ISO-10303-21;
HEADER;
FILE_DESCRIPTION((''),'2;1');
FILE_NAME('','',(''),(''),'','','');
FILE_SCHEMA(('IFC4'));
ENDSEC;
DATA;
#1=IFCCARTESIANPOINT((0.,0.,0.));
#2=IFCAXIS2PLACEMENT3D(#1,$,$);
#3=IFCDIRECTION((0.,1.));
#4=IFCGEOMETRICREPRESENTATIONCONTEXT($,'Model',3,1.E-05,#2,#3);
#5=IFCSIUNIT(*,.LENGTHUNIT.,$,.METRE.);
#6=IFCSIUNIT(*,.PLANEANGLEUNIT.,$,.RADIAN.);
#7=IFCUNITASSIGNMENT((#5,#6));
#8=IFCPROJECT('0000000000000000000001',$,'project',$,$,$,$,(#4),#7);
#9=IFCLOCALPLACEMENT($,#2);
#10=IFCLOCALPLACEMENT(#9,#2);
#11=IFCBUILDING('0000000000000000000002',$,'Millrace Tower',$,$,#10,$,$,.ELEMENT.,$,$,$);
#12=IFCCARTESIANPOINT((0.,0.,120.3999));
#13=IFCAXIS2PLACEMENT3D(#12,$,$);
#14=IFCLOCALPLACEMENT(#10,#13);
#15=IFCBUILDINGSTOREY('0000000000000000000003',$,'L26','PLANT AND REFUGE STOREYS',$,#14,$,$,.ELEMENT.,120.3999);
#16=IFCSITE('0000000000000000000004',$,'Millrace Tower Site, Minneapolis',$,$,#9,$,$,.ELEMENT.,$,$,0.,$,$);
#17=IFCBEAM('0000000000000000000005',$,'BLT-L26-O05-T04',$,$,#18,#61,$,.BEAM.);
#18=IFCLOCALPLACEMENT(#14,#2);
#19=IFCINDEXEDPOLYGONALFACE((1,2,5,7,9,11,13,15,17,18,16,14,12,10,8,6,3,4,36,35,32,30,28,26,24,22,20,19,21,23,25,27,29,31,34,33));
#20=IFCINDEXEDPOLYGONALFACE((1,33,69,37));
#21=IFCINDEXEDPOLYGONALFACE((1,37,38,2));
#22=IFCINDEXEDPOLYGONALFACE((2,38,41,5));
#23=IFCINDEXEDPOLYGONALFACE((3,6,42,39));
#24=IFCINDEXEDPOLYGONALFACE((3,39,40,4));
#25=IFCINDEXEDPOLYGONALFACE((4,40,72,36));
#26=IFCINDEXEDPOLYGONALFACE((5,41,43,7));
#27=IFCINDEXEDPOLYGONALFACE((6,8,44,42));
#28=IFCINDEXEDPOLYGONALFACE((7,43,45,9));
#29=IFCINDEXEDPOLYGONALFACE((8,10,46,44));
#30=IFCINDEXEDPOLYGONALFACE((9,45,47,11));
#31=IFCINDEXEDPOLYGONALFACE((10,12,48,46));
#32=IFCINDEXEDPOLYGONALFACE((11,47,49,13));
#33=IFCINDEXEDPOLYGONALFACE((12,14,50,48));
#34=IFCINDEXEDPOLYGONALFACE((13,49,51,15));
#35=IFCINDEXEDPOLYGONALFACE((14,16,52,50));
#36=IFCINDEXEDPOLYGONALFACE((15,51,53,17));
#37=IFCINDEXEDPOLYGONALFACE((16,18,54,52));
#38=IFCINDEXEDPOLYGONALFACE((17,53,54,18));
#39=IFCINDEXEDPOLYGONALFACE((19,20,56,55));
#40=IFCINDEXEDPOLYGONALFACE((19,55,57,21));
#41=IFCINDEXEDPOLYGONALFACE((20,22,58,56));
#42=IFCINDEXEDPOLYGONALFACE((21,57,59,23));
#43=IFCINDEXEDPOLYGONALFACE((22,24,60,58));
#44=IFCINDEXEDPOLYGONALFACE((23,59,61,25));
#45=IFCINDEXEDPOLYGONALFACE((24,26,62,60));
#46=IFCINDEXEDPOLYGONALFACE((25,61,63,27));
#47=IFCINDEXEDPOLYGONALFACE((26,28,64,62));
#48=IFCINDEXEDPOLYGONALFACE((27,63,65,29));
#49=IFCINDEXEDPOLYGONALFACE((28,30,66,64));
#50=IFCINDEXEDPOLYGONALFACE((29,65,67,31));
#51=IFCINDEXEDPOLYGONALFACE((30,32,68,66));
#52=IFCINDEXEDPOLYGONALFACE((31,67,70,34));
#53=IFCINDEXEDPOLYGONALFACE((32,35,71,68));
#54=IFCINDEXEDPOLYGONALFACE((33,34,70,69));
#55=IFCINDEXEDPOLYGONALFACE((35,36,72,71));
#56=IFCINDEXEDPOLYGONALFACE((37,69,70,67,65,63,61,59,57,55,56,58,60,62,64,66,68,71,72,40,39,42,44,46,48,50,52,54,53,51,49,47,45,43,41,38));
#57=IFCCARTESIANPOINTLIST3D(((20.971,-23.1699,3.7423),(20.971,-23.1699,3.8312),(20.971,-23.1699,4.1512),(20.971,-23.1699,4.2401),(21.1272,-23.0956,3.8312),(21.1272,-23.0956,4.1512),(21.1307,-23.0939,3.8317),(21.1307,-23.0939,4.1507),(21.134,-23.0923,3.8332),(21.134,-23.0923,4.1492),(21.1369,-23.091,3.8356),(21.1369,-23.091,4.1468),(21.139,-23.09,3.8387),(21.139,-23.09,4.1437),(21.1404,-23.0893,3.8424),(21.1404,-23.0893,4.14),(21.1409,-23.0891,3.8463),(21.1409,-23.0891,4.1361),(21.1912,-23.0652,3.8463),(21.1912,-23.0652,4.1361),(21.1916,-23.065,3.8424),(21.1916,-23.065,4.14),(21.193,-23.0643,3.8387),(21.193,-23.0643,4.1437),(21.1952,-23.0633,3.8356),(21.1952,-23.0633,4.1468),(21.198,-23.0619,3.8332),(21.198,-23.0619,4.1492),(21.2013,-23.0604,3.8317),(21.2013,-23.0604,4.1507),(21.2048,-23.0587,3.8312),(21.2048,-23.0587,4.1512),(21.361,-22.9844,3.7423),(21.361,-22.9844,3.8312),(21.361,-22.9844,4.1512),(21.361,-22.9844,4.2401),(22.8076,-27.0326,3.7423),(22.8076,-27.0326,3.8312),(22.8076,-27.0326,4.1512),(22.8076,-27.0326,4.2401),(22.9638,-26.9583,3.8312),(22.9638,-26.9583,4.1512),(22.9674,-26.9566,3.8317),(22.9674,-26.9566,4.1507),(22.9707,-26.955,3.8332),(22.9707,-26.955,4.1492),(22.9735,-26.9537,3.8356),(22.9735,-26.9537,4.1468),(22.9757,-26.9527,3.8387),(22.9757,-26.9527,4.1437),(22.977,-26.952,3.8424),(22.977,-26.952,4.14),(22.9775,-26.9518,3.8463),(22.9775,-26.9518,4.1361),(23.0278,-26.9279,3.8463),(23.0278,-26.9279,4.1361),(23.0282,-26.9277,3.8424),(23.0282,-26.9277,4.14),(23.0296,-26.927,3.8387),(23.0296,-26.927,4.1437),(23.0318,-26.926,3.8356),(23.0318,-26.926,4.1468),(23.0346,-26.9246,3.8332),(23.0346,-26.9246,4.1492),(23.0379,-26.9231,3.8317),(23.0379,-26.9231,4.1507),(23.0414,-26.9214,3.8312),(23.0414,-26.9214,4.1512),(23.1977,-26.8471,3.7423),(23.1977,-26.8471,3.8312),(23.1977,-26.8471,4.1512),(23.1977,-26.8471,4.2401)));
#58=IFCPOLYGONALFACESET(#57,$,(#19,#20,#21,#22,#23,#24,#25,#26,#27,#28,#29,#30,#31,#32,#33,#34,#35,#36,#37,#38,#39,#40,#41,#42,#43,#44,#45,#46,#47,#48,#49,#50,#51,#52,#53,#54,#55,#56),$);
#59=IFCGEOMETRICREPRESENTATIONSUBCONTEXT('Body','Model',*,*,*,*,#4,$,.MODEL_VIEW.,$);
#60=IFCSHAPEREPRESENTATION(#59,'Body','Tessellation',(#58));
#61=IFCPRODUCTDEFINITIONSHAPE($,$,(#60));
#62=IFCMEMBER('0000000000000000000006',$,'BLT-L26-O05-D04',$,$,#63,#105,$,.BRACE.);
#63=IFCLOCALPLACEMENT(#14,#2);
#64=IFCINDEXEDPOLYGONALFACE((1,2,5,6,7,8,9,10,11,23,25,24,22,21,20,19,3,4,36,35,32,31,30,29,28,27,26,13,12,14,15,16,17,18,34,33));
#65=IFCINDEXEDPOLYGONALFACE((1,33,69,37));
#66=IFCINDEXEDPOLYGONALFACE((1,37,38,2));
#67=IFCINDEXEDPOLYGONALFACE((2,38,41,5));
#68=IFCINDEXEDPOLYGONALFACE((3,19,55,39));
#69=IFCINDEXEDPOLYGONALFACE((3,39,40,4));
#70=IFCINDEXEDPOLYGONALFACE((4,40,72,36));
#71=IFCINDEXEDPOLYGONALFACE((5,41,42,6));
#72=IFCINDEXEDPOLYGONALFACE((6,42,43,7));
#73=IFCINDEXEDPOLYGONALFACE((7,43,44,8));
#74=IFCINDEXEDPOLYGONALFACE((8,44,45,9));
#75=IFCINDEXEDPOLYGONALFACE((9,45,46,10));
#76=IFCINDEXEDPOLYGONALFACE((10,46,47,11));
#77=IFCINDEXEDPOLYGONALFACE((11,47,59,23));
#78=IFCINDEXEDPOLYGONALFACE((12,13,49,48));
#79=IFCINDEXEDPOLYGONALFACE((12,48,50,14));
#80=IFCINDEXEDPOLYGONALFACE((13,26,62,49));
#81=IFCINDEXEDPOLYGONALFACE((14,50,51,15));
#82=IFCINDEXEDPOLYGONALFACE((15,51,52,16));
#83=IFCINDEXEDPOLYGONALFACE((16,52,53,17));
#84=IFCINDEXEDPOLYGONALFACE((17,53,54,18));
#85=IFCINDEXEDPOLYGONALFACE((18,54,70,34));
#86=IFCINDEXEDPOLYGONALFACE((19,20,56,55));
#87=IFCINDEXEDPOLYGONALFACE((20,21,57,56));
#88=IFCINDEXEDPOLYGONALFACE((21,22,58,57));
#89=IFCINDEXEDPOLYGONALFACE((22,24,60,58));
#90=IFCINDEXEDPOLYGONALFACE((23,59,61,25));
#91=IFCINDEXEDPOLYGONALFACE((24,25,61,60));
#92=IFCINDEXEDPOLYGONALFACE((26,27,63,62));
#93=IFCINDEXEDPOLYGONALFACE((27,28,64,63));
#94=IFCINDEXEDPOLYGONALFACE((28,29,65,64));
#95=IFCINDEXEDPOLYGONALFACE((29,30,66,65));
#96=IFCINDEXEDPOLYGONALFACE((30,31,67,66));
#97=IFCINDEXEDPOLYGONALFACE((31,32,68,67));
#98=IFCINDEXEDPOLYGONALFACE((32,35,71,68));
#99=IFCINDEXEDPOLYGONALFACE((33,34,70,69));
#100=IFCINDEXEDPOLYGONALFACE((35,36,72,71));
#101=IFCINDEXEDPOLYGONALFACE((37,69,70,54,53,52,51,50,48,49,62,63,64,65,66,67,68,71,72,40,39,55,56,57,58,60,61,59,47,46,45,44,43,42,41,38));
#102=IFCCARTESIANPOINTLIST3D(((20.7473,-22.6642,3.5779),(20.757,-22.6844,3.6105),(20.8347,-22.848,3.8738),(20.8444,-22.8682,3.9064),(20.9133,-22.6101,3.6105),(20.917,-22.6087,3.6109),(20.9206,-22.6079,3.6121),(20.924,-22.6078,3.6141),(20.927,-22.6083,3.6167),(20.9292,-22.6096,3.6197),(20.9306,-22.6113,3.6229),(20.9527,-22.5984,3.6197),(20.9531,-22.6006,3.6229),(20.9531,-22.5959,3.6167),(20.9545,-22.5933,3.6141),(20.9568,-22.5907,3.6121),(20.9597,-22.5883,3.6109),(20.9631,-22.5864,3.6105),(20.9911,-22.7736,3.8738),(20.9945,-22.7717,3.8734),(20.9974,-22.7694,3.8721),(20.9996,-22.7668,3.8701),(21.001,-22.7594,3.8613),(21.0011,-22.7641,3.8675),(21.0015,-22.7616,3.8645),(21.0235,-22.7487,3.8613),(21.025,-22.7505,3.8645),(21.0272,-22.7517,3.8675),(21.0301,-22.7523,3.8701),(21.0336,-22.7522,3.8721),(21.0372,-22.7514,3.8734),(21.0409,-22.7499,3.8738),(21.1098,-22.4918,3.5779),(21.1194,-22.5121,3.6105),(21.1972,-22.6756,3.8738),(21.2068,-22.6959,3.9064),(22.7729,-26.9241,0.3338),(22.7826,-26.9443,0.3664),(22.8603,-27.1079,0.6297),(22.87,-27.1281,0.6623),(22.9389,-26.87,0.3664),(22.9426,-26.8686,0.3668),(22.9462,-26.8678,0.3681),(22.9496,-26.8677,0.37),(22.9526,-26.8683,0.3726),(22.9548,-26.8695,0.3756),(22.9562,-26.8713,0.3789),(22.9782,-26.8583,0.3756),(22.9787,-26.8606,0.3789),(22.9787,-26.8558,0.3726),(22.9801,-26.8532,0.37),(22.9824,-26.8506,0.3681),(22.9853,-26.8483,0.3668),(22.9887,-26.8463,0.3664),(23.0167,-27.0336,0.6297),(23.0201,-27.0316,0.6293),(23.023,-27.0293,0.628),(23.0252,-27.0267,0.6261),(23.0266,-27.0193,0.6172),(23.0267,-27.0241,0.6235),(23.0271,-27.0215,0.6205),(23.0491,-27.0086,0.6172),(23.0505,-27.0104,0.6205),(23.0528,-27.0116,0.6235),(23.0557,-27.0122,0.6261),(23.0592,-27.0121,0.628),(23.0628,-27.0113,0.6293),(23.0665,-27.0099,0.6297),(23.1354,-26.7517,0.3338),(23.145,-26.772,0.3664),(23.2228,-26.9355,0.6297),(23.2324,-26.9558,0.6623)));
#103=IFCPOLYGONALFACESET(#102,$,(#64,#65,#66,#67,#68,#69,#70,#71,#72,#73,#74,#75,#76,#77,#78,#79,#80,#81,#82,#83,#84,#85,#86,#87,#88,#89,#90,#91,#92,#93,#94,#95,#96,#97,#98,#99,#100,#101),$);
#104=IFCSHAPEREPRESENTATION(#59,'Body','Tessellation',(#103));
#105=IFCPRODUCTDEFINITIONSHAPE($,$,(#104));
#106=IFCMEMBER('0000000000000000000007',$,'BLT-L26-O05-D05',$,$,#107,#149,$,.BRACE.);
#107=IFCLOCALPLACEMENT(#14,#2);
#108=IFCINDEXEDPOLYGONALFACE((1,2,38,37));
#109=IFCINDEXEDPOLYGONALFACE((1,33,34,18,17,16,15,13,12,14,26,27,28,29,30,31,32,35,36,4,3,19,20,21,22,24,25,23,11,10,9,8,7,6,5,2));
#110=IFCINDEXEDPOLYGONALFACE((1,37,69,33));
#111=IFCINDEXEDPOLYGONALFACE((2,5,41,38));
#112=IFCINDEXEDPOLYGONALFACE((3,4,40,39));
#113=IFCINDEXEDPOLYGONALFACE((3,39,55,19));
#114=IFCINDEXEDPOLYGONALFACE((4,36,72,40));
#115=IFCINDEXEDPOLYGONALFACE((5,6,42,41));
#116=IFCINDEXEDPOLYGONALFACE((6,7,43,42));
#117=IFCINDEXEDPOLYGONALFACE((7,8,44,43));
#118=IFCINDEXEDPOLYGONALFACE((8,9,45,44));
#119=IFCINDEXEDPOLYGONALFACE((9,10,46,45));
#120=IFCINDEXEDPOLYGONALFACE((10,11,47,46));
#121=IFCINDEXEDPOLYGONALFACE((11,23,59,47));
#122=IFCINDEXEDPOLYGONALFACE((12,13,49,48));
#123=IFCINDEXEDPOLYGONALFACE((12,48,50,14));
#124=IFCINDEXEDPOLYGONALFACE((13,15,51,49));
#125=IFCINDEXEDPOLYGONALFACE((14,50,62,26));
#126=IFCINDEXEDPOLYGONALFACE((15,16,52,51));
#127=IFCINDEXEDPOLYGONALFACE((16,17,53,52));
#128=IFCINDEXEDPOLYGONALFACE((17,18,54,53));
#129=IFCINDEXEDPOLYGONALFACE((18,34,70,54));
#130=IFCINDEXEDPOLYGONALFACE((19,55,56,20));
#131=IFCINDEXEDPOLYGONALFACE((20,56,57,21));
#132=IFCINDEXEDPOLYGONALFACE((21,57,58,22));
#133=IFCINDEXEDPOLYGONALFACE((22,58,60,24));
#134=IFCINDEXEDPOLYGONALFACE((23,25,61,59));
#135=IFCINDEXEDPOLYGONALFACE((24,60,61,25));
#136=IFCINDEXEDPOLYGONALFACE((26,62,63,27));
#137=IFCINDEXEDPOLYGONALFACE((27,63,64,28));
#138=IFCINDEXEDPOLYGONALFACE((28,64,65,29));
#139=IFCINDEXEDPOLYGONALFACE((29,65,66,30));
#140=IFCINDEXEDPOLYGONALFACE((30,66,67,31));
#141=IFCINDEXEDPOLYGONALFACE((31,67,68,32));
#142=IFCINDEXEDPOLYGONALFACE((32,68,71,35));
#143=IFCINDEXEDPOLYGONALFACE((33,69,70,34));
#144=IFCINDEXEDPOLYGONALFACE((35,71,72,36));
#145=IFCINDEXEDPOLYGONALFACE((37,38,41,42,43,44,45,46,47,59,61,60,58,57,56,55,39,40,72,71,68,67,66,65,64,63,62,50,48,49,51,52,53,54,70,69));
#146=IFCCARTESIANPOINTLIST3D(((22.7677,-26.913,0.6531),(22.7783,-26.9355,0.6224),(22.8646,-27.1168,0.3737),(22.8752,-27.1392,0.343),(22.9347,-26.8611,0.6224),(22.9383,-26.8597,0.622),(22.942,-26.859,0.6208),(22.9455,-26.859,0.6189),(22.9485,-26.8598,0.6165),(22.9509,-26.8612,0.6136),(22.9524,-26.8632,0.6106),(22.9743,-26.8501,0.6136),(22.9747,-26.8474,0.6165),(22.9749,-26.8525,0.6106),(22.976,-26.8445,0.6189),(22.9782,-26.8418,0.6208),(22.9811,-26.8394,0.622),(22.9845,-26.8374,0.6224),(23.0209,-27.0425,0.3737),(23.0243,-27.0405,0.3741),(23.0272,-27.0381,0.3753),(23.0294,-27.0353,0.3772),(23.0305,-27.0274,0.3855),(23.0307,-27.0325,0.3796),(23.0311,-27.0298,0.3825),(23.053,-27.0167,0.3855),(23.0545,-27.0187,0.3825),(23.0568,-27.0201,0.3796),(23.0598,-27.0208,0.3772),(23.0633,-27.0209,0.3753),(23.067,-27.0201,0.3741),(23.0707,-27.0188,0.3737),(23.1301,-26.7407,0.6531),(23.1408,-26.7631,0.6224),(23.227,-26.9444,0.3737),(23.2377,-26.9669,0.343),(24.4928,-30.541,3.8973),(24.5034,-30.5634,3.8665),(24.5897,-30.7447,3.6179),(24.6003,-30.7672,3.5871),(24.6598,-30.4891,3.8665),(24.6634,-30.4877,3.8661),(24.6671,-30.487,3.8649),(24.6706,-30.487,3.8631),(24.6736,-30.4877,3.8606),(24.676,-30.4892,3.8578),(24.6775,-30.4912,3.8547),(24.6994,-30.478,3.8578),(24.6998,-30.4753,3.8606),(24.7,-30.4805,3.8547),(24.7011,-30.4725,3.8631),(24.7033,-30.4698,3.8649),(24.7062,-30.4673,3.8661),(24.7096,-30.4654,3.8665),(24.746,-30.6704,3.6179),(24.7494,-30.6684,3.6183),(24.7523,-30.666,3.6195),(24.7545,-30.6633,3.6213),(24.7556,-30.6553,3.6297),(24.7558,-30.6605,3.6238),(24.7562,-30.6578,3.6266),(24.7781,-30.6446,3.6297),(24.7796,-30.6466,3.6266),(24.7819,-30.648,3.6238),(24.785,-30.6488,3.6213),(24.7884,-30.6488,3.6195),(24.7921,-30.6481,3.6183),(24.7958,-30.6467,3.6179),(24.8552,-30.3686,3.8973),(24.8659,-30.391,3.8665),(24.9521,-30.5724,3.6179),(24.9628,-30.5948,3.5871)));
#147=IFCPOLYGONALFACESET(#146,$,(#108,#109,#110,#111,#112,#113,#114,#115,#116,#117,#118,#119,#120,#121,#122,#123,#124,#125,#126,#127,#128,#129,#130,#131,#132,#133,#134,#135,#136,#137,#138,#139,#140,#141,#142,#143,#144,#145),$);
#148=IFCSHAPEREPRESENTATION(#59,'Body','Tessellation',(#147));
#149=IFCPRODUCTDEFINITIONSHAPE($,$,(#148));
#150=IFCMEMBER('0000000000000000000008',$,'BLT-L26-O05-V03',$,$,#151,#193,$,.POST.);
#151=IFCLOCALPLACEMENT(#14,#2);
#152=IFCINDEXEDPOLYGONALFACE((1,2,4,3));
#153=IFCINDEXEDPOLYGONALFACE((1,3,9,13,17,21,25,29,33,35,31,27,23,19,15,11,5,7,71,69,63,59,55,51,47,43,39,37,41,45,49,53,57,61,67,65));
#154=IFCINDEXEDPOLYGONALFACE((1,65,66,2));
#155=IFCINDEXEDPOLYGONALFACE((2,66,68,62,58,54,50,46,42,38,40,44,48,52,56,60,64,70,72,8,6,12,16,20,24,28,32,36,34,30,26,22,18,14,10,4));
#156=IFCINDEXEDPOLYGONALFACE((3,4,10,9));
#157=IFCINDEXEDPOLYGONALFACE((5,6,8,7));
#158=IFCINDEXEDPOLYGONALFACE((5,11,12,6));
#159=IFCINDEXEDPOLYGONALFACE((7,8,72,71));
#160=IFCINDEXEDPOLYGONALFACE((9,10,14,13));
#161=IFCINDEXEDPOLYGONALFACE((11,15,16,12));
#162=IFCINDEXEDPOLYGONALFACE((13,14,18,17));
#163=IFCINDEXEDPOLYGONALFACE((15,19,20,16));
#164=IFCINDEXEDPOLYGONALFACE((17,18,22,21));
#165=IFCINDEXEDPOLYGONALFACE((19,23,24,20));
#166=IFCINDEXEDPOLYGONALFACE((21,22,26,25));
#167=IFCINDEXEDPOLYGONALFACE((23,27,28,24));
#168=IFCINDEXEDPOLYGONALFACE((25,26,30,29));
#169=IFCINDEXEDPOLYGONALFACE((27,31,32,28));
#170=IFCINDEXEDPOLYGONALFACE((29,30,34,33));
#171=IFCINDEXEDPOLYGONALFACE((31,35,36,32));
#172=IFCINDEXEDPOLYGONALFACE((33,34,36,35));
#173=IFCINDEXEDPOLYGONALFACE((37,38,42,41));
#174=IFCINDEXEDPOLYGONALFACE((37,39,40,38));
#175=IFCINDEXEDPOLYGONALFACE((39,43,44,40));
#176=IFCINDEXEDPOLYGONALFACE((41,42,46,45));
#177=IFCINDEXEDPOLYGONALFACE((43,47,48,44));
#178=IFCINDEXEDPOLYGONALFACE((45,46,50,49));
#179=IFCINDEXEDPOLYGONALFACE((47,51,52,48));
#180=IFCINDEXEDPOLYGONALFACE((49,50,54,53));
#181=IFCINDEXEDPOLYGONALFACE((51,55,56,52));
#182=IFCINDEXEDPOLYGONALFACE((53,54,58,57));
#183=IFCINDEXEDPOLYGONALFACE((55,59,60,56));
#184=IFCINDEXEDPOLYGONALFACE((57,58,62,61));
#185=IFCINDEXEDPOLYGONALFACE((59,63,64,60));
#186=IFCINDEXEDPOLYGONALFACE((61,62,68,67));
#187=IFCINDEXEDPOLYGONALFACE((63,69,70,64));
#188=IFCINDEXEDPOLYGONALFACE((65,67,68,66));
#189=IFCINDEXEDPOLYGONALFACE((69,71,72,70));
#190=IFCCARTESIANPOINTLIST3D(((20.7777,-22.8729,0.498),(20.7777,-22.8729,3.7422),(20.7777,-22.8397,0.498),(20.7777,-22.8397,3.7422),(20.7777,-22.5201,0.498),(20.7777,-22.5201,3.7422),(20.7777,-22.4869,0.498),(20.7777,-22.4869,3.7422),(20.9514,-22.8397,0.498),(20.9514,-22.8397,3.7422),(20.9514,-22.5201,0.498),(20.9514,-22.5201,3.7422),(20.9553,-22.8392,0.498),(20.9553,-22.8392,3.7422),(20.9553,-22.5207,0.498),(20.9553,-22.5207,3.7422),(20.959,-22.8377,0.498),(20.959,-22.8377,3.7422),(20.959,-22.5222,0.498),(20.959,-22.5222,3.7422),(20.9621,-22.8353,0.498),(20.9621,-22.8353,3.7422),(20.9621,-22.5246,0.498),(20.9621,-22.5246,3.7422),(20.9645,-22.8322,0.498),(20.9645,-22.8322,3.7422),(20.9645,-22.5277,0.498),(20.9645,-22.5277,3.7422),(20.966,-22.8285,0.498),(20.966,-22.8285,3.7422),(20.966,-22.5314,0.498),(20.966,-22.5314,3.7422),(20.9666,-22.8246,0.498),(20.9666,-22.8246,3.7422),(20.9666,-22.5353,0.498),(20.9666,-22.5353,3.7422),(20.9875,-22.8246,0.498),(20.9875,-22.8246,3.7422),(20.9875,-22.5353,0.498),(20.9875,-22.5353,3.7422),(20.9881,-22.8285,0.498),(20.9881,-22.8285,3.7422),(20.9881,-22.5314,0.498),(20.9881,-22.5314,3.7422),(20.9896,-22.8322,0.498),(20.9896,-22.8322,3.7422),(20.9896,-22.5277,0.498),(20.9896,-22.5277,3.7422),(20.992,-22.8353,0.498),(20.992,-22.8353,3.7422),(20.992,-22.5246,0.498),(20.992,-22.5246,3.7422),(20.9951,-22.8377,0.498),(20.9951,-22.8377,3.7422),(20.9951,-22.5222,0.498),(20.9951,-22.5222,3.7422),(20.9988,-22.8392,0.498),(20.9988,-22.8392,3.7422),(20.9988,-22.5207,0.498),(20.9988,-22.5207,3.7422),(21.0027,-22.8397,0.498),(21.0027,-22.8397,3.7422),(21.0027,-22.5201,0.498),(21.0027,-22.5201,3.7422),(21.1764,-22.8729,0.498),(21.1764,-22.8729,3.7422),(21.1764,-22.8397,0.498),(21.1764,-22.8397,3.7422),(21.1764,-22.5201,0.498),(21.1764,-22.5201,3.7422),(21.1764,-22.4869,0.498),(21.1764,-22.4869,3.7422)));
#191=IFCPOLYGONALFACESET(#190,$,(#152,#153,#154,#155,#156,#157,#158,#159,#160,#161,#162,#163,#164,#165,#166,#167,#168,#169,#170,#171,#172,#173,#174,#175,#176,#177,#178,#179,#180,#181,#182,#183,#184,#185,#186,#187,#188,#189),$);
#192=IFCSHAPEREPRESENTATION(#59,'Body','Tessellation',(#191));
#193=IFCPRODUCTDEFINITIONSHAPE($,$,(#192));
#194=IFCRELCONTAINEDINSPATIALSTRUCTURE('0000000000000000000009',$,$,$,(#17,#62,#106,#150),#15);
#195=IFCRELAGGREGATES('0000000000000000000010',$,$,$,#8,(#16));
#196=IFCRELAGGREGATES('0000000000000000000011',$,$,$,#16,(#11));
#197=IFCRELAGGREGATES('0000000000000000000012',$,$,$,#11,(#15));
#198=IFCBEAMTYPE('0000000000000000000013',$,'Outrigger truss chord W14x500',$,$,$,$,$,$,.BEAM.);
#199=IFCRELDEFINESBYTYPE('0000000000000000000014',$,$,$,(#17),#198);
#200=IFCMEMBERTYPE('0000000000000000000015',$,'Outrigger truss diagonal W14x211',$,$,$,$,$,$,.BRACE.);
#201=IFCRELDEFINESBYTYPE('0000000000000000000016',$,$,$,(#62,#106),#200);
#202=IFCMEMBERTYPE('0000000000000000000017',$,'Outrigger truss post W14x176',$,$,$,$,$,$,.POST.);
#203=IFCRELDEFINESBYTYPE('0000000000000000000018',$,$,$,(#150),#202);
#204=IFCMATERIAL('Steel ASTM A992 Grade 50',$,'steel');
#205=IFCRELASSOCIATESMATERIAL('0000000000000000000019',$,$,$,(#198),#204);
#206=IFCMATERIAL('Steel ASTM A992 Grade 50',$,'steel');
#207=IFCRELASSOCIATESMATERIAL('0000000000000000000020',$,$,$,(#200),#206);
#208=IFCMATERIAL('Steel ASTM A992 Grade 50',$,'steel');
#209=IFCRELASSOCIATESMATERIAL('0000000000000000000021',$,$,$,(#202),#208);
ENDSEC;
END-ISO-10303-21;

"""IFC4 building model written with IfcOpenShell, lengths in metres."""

from ifc_helpers import new_model, si_unit, direction, frame, origin, origin_2d, place, context, subcontext, project, spatial, i_section, extrude, material, material_profile, profile_set, type_object, element, save


model = new_model("IFC4")

# Units and contexts
model_context = context("Model", 3, precision=1e-05, world=origin(), true_north=direction((0.0, 1.0)))
body_context = subcontext(model_context, "Body", "Model", "MODEL_VIEW")
ifc_project = project(units=[si_unit("LENGTHUNIT", "METRE"), si_unit("PLANEANGLEUNIT", "RADIAN")], contexts=[model_context])

# Site, building, storey
site_placement = place(None, origin())
site = spatial("IfcSite", under=ifc_project, at=site_placement, Name="Millrace Tower Site, Minneapolis", CompositionType="ELEMENT", RefElevation=0.0)
building_placement = place(site_placement, origin())
building = spatial("IfcBuilding", under=site, at=building_placement, Name="Millrace Tower", CompositionType="ELEMENT")
storey_placement = place(building_placement, frame((0.0, 0.0, 120.3999)))
storey = spatial("IfcBuildingStorey", under=building, at=storey_placement, Name="L26", Description="PLANT AND REFUGE STOREYS", CompositionType="ELEMENT", Elevation=120.3999)

# Beam
ifc_material_1 = material(Name="Steel ASTM A992 Grade 50", Category="steel")
ifc_material_profile_1 = material_profile(ifc_material_1, i_section(OverallWidth=0.4319, OverallDepth=0.4978, WebThickness=0.0557, FlangeThickness=0.0889, FilletRadius=0.0151, at=origin_2d()))
ifc_profile_set_1 = profile_set([ifc_material_profile_1], Name="Steel ASTM A992 Grade 50")
beam_type_1 = type_object("IfcBeamType", Name="Outrigger truss chord W14x500", PredefinedType="BEAM", material=ifc_profile_set_1)
beam_1_placement = place(storey_placement, frame((21.166, -23.0771, 3.9912), z_axis=(0.429408, -0.90311, 0.0), x_axis=(0.90311, 0.429408, 0.0)))
element("IfcBeam", 1, at=beam_1_placement, inside=storey, type_object=beam_type_1, Name="BLT-L26-O05-T04", PredefinedType="BEAM", context=body_context, shape_type="SweptSolid", body=[
    extrude(i_section(OverallWidth=0.4319, OverallDepth=0.4978, WebThickness=0.0557, FlangeThickness=0.0889, FilletRadius=0.0151, at=origin_2d()), origin(), (0.0, 0.0, 1.0), 4.2771),
])

# Members
ifc_material_2 = material(Name="Steel ASTM A992 Grade 50", Category="steel")
ifc_material_profile_2 = material_profile(ifc_material_2, i_section(OverallWidth=0.4014, OverallDepth=0.3987, WebThickness=0.0249, FlangeThickness=0.0396, FilletRadius=0.0151, at=origin_2d()))
ifc_profile_set_2 = profile_set([ifc_material_profile_2], Name="Steel ASTM A992 Grade 50")
member_type_1 = type_object("IfcMemberType", Name="Outrigger truss diagonal W14x211", PredefinedType="BRACE", material=ifc_profile_set_2)
member_1_placement = place(storey_placement, frame((23.0027, -26.9399, 0.498), z_axis=(-0.353824, 0.74411, 0.566665), x_axis=(-0.903102, -0.429425, 0.0)))
element("IfcMember", 2, at=member_1_placement, inside=storey, type_object=member_type_1, Name="BLT-L26-O05-D04", PredefinedType="BRACE", context=body_context, shape_type="SweptSolid", body=[
    extrude(i_section(OverallWidth=0.4014, OverallDepth=0.3987, WebThickness=0.0249, FlangeThickness=0.0396, FilletRadius=0.0151, at=origin_2d()), origin(), (0.0, 0.0, 1.0), 5.7249),
])
member_2_placement = place(storey_placement, frame((23.0027, -26.9399, 0.498), z_axis=(0.334091, -0.702603, 0.628277), x_axis=(0.903101, 0.429429, 0.0)))
element("IfcMember", 3, at=member_2_placement, inside=storey, type_object=member_type_1, Name="BLT-L26-O05-D05", PredefinedType="BRACE", context=body_context, shape_type="SweptSolid", body=[
    extrude(i_section(OverallWidth=0.4014, OverallDepth=0.3987, WebThickness=0.0249, FlangeThickness=0.0396, FilletRadius=0.0151, at=origin_2d()), origin(), (0.0, 0.0, 1.0), 5.1636),
])
ifc_material_3 = material(Name="Steel ASTM A992 Grade 50", Category="steel")
ifc_material_profile_3 = material_profile(ifc_material_3, i_section(OverallWidth=0.3987, OverallDepth=0.386, WebThickness=0.021, FlangeThickness=0.0332, FilletRadius=0.0151, at=origin_2d()))
ifc_profile_set_3 = profile_set([ifc_material_profile_3], Name="Steel ASTM A992 Grade 50")
member_type_2 = type_object("IfcMemberType", Name="Outrigger truss post W14x176", PredefinedType="POST", material=ifc_profile_set_3)
for number, where, z_axis, x_axis, name in (
    (4, (20.9771, -22.6799, 0.498), (0.0, 0.0, 1.0), (1.0, 0.0, 0.0), "BLT-L26-O05-V03"),
):
    element("IfcMember", number, at=place(storey_placement, frame(where, z_axis=z_axis, x_axis=x_axis)), inside=storey, type_object=member_type_2, Name=name, PredefinedType="POST", context=body_context, shape_type="SweptSolid", body=[
        extrude(i_section(OverallWidth=0.3987, OverallDepth=0.386, WebThickness=0.021, FlangeThickness=0.0332, FilletRadius=0.0151, at=origin_2d()), origin(), (0.0, 0.0, 1.0), 3.2441),
    ])

save(model, "model.ifc")
